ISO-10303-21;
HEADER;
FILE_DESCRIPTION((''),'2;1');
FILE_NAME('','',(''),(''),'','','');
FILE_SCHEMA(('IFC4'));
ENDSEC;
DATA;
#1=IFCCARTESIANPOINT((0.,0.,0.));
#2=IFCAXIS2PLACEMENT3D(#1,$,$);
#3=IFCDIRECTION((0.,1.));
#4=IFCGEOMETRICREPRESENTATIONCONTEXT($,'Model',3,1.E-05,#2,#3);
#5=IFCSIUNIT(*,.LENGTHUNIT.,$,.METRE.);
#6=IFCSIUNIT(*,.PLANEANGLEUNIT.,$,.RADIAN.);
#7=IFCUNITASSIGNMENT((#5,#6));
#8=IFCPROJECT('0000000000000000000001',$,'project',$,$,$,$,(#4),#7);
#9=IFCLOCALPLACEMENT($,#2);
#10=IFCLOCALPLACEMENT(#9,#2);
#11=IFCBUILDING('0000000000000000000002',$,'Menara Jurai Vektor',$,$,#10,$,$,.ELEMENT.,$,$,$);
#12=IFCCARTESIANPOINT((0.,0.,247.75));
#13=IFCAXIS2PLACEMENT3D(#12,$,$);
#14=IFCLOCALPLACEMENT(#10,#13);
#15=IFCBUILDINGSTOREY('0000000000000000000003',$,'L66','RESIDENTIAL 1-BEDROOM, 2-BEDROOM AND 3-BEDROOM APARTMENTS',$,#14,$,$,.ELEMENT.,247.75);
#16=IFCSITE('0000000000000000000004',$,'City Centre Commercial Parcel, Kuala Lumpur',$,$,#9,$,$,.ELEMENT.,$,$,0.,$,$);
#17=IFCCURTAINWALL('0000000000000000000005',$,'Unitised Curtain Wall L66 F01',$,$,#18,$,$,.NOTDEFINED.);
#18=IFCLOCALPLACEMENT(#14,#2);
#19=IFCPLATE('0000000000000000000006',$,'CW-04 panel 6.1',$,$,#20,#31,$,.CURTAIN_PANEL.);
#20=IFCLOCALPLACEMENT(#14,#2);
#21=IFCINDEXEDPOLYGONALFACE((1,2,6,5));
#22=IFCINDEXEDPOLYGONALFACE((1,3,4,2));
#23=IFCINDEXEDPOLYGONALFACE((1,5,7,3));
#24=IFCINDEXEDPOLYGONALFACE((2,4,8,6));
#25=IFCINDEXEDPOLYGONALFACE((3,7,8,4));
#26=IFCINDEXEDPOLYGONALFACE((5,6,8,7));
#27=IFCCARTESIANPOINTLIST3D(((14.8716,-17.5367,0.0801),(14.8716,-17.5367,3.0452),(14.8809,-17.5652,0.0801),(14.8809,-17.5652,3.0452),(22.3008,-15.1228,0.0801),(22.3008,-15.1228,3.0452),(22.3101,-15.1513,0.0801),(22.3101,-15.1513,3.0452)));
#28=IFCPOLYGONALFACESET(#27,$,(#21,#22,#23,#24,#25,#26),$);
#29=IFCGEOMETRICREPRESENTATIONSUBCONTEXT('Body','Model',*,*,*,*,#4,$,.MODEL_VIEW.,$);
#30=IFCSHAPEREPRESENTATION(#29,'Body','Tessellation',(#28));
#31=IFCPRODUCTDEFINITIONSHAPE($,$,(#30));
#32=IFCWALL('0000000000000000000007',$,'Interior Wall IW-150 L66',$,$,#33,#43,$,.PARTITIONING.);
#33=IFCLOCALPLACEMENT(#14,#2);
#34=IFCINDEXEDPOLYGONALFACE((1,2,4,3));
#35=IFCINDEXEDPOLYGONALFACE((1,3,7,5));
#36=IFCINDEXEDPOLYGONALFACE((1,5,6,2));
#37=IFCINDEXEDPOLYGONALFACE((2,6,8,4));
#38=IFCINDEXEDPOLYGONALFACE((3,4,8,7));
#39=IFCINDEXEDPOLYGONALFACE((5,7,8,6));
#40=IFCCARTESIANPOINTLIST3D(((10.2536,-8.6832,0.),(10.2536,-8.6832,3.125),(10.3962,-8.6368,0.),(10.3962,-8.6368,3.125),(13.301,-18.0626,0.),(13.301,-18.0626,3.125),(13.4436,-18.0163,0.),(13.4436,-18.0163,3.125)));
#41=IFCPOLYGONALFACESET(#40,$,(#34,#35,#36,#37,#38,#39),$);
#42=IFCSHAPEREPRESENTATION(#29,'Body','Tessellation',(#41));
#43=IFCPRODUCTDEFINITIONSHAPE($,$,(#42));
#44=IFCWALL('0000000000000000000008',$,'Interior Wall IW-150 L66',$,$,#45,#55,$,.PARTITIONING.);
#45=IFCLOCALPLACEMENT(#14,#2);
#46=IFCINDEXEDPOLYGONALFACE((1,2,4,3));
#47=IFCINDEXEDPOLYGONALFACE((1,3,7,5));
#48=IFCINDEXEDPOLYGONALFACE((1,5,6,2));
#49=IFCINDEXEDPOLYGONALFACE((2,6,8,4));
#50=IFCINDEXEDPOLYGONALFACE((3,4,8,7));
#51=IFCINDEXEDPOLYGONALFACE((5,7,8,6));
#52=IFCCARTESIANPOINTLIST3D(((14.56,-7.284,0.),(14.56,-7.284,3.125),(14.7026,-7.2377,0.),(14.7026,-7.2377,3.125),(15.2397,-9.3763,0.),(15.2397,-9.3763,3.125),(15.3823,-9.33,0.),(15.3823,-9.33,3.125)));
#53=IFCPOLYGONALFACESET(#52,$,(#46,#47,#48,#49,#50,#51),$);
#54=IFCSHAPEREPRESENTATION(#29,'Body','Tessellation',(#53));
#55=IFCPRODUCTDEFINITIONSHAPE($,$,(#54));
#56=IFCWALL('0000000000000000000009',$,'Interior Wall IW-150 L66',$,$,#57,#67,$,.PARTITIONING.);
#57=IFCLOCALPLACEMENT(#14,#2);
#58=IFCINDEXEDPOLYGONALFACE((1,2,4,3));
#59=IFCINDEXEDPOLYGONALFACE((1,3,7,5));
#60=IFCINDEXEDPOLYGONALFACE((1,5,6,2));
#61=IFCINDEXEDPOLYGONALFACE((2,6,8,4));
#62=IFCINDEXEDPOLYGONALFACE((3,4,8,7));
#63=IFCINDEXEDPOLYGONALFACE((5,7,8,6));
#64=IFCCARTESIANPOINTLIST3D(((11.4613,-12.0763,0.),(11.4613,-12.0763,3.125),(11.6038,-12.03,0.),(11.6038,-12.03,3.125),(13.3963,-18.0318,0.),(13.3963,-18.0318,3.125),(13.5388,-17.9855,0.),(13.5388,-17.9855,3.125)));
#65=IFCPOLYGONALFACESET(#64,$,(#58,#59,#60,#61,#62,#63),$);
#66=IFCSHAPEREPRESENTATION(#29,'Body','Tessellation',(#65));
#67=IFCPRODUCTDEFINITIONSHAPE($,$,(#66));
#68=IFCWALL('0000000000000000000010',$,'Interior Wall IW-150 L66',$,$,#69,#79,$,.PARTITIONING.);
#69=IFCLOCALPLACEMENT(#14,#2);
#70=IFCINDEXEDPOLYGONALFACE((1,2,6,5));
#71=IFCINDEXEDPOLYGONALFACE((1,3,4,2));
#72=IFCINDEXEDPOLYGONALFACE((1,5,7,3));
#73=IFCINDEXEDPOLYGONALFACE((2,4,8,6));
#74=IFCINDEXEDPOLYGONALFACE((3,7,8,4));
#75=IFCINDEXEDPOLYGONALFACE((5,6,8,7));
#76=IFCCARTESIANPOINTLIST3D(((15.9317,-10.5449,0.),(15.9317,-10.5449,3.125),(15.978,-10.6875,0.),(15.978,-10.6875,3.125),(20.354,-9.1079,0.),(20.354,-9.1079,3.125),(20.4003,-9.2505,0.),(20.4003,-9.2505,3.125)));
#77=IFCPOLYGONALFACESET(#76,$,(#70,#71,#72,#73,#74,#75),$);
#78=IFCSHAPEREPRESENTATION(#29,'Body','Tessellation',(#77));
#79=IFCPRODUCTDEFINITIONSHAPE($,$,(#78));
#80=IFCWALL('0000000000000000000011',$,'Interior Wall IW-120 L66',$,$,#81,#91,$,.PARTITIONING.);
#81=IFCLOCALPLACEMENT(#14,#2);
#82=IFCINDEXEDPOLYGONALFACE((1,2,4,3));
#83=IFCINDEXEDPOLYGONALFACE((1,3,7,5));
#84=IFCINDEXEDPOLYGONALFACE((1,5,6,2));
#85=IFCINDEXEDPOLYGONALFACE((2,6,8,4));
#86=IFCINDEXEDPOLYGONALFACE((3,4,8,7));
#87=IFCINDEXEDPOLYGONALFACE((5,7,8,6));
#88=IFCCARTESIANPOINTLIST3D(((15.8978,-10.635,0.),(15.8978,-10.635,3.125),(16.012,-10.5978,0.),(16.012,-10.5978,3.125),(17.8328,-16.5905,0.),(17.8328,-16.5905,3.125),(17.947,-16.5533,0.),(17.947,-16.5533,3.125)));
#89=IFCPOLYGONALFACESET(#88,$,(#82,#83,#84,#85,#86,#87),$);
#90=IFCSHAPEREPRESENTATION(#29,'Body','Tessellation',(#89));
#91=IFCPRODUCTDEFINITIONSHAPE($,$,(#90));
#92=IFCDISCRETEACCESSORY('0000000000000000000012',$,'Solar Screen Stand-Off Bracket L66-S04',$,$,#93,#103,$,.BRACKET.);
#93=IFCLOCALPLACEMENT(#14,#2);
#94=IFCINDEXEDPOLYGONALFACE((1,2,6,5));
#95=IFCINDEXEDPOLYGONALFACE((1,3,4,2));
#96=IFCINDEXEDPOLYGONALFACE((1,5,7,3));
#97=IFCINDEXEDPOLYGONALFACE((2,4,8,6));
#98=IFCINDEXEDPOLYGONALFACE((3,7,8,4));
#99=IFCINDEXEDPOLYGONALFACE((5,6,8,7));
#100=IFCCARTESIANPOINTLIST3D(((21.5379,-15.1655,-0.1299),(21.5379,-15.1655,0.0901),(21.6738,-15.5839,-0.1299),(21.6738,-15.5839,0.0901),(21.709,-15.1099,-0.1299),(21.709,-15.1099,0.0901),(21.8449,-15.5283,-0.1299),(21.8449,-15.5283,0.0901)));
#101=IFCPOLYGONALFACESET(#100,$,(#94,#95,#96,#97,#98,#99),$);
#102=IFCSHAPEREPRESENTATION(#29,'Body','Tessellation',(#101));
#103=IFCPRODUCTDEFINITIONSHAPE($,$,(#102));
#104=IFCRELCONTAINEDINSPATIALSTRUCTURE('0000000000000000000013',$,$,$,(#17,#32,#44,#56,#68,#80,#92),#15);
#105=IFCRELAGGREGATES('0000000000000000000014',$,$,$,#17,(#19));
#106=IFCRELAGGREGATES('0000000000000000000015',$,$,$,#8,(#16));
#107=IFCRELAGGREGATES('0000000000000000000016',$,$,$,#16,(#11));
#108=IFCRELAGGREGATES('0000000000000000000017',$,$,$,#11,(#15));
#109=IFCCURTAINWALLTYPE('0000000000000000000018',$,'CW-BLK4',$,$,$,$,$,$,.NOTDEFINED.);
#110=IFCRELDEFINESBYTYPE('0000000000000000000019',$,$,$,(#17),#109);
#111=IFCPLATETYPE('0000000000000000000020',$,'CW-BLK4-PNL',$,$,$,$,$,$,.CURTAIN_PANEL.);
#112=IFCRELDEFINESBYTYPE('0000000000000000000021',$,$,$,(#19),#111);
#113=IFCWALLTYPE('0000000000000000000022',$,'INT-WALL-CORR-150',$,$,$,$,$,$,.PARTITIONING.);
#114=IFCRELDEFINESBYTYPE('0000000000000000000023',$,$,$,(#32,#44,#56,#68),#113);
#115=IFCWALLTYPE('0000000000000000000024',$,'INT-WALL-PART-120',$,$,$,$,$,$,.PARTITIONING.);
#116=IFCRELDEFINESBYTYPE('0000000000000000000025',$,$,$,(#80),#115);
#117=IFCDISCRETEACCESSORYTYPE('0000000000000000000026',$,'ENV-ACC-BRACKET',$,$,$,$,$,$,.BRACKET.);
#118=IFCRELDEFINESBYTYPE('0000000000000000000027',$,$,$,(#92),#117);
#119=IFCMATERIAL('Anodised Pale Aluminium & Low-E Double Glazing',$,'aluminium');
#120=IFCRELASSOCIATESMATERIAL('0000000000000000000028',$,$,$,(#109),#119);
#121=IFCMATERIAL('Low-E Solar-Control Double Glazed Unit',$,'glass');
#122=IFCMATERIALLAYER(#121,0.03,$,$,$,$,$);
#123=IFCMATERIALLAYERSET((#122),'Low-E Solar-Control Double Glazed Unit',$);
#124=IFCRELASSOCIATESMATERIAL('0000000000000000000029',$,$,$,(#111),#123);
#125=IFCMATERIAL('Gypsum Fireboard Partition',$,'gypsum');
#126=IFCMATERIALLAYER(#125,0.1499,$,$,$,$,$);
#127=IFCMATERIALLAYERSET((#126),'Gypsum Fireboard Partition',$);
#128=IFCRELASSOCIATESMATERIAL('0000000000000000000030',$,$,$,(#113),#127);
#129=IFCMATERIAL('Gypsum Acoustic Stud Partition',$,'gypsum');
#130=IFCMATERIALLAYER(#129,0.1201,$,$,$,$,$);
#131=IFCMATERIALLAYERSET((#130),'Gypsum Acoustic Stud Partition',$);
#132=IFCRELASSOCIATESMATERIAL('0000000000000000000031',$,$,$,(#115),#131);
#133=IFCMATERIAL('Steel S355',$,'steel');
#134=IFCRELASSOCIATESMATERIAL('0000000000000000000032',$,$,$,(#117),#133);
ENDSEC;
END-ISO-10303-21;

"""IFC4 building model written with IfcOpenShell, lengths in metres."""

from ifc_helpers import new_model, si_unit, direction, frame, frame_2d, origin, origin_2d, place, context, subcontext, project, spatial, rectangle, extrude, material, layer, layer_set, type_object, element, aggregate, save


model = new_model("IFC4")

# Units and contexts
model_context = context("Model", 3, precision=1e-05, world=origin(), true_north=direction((0.0, 1.0)))
body_context = subcontext(model_context, "Body", "Model", "MODEL_VIEW")
ifc_project = project(units=[si_unit("LENGTHUNIT", "METRE"), si_unit("PLANEANGLEUNIT", "RADIAN")], contexts=[model_context])

# Site, building, storey
site_placement = place(None, origin())
site = spatial("IfcSite", under=ifc_project, at=site_placement, Name="City Centre Commercial Parcel, Kuala Lumpur", CompositionType="ELEMENT", RefElevation=0.0)
building_placement = place(site_placement, origin())
building = spatial("IfcBuilding", under=site, at=building_placement, Name="Menara Jurai Vektor", CompositionType="ELEMENT")
storey_placement = place(building_placement, frame((0.0, 0.0, 247.75)))
storey = spatial("IfcBuildingStorey", under=building, at=storey_placement, Name="L66", Description="RESIDENTIAL 1-BEDROOM, 2-BEDROOM AND 3-BEDROOM APARTMENTS", CompositionType="ELEMENT", Elevation=247.75)

# Curtain wall
ifc_material_1 = material(Name="Anodised Pale Aluminium & Low-E Double Glazing", Category="aluminium")
curtain_wall_type = type_object("IfcCurtainWallType", Name="CW-BLK4", PredefinedType="NOTDEFINED", material=ifc_material_1)
curtain_wall_placement = place(storey_placement, origin())
curtain_wall = element("IfcCurtainWall", 1, at=curtain_wall_placement, inside=storey, type_object=curtain_wall_type, Name="Unitised Curtain Wall L66 F01", PredefinedType="NOTDEFINED")

# Shared definitions
ifc_material_2 = material(Name="Steel S355", Category="steel")

# Plate
ifc_material_3 = material(Name="Low-E Solar-Control Double Glazed Unit", Category="glass")
ifc_layer_1 = layer(ifc_material_3, 0.03)
ifc_layer_set_1 = layer_set([ifc_layer_1], Name="Low-E Solar-Control Double Glazed Unit")
plate_type = type_object("IfcPlateType", Name="CW-BLK4-PNL", PredefinedType="CURTAIN_PANEL", material=ifc_layer_set_1)
plate_placement = place(storey_placement, frame((18.5908, -16.344, 0.0801), z_axis=(0.0, 0.0, 1.0), x_axis=(0.951056, 0.309017, 0.0)))
plate = element("IfcPlate", 2, at=plate_placement, type_object=plate_type, Name="CW-04 panel 6.1", PredefinedType="CURTAIN_PANEL", context=body_context, shape_type="SweptSolid", body=[
    extrude(rectangle(XDim=7.8115, YDim=0.03, at=origin_2d()), origin(), (0.0, 0.0, 1.0), 2.9651),
])
aggregate(curtain_wall, [plate])

# Walls
ifc_material_4 = material(Name="Gypsum Fireboard Partition", Category="gypsum")
ifc_layer_2 = layer(ifc_material_4, 0.1499)
ifc_layer_set_2 = layer_set([ifc_layer_2], Name="Gypsum Fireboard Partition")
wall_type_1 = type_object("IfcWallType", Name="INT-WALL-CORR-150", PredefinedType="PARTITIONING", material=ifc_layer_set_2)
wall_1_placement = place(storey_placement, frame((13.3723, -18.0396, 0.0), z_axis=(0.0, 0.0, 1.0), x_axis=(-0.309, 0.951062, 0.0)))
element("IfcWall", 3, at=wall_1_placement, inside=storey, type_object=wall_type_1, Name="Interior Wall IW-150 L66", PredefinedType="PARTITIONING", context=body_context, shape_type="SweptSolid", body=[
    extrude(rectangle(XDim=9.8621, YDim=0.1499, at=frame_2d((4.9312, 0.0))), origin(), (0.0, 0.0, 1.0), 3.125),
])
wall_2_placement = place(storey_placement, frame((15.311, -9.3533, 0.0), z_axis=(0.0, 0.0, 1.0), x_axis=(-0.308961, 0.951075, 0.0)))
element("IfcWall", 4, at=wall_2_placement, inside=storey, type_object=wall_type_1, Name="Interior Wall IW-150 L66", PredefinedType="PARTITIONING", context=body_context, shape_type="SweptSolid", body=[
    extrude(rectangle(XDim=2.2, YDim=0.1499, at=frame_2d((1.1001, 0.0))), origin(), (0.0, 0.0, 1.0), 3.125),
])
wall_3_placement = place(storey_placement, frame((13.4675, -18.0085, 0.0), z_axis=(0.0, 0.0, 1.0), x_axis=(-0.309014, 0.951058, 0.0)))
element("IfcWall", 5, at=wall_3_placement, inside=storey, type_object=wall_type_1, Name="Interior Wall IW-150 L66", PredefinedType="PARTITIONING", context=body_context, shape_type="SweptSolid", body=[
    extrude(rectangle(XDim=6.262, YDim=0.1499, at=frame_2d((3.1309, 0.0))), origin(), (0.0, 0.0, 1.0), 3.125),
])
wall_4_placement = place(storey_placement, frame((15.9548, -10.6162, 0.0), z_axis=(0.0, 0.0, 1.0), x_axis=(0.95105, 0.309036, 0.0)))
element("IfcWall", 6, at=wall_4_placement, inside=storey, type_object=wall_type_1, Name="Interior Wall IW-150 L66", PredefinedType="PARTITIONING", context=body_context, shape_type="SweptSolid", body=[
    extrude(rectangle(XDim=4.6499, YDim=0.1499, at=frame_2d((2.325, 0.0))), origin(), (0.0, 0.0, 1.0), 3.125),
])
ifc_material_5 = material(Name="Gypsum Acoustic Stud Partition", Category="gypsum")
ifc_layer_3 = layer(ifc_material_5, 0.1201)
ifc_layer_set_3 = layer_set([ifc_layer_3], Name="Gypsum Acoustic Stud Partition")
wall_type_2 = type_object("IfcWallType", Name="INT-WALL-PART-120", PredefinedType="PARTITIONING", material=ifc_layer_set_3)
wall_5_placement = place(storey_placement, frame((17.8899, -16.5718, 0.0), z_axis=(0.0, 0.0, 1.0), x_axis=(-0.309014, 0.951058, 0.0)))
element("IfcWall", 7, at=wall_5_placement, inside=storey, type_object=wall_type_2, Name="Interior Wall IW-120 L66", PredefinedType="PARTITIONING", context=body_context, shape_type="SweptSolid", body=[
    extrude(rectangle(XDim=6.262, YDim=0.1201, at=frame_2d((3.1309, 0.0))), origin(), (0.0, 0.0, 1.0), 3.125),
])

# Discrete accessory
discrete_accessory_type = type_object("IfcDiscreteAccessoryType", Name="ENV-ACC-BRACKET", PredefinedType="BRACKET", material=ifc_material_2)
discrete_accessory_placement = place(storey_placement, frame((21.6914, -15.3469, -0.1299), z_axis=(0.0, 0.0, 1.0), x_axis=(0.951057, 0.309017, 0.0)))
element("IfcDiscreteAccessory", 8, at=discrete_accessory_placement, inside=storey, type_object=discrete_accessory_type, Name="Solar Screen Stand-Off Bracket L66-S04", PredefinedType="BRACKET", context=body_context, shape_type="SweptSolid", body=[
    extrude(rectangle(XDim=0.1799, YDim=0.4399, at=origin_2d()), origin(), (0.0, 0.0, 1.0), 0.22),
])

save(model, "model.ifc")
